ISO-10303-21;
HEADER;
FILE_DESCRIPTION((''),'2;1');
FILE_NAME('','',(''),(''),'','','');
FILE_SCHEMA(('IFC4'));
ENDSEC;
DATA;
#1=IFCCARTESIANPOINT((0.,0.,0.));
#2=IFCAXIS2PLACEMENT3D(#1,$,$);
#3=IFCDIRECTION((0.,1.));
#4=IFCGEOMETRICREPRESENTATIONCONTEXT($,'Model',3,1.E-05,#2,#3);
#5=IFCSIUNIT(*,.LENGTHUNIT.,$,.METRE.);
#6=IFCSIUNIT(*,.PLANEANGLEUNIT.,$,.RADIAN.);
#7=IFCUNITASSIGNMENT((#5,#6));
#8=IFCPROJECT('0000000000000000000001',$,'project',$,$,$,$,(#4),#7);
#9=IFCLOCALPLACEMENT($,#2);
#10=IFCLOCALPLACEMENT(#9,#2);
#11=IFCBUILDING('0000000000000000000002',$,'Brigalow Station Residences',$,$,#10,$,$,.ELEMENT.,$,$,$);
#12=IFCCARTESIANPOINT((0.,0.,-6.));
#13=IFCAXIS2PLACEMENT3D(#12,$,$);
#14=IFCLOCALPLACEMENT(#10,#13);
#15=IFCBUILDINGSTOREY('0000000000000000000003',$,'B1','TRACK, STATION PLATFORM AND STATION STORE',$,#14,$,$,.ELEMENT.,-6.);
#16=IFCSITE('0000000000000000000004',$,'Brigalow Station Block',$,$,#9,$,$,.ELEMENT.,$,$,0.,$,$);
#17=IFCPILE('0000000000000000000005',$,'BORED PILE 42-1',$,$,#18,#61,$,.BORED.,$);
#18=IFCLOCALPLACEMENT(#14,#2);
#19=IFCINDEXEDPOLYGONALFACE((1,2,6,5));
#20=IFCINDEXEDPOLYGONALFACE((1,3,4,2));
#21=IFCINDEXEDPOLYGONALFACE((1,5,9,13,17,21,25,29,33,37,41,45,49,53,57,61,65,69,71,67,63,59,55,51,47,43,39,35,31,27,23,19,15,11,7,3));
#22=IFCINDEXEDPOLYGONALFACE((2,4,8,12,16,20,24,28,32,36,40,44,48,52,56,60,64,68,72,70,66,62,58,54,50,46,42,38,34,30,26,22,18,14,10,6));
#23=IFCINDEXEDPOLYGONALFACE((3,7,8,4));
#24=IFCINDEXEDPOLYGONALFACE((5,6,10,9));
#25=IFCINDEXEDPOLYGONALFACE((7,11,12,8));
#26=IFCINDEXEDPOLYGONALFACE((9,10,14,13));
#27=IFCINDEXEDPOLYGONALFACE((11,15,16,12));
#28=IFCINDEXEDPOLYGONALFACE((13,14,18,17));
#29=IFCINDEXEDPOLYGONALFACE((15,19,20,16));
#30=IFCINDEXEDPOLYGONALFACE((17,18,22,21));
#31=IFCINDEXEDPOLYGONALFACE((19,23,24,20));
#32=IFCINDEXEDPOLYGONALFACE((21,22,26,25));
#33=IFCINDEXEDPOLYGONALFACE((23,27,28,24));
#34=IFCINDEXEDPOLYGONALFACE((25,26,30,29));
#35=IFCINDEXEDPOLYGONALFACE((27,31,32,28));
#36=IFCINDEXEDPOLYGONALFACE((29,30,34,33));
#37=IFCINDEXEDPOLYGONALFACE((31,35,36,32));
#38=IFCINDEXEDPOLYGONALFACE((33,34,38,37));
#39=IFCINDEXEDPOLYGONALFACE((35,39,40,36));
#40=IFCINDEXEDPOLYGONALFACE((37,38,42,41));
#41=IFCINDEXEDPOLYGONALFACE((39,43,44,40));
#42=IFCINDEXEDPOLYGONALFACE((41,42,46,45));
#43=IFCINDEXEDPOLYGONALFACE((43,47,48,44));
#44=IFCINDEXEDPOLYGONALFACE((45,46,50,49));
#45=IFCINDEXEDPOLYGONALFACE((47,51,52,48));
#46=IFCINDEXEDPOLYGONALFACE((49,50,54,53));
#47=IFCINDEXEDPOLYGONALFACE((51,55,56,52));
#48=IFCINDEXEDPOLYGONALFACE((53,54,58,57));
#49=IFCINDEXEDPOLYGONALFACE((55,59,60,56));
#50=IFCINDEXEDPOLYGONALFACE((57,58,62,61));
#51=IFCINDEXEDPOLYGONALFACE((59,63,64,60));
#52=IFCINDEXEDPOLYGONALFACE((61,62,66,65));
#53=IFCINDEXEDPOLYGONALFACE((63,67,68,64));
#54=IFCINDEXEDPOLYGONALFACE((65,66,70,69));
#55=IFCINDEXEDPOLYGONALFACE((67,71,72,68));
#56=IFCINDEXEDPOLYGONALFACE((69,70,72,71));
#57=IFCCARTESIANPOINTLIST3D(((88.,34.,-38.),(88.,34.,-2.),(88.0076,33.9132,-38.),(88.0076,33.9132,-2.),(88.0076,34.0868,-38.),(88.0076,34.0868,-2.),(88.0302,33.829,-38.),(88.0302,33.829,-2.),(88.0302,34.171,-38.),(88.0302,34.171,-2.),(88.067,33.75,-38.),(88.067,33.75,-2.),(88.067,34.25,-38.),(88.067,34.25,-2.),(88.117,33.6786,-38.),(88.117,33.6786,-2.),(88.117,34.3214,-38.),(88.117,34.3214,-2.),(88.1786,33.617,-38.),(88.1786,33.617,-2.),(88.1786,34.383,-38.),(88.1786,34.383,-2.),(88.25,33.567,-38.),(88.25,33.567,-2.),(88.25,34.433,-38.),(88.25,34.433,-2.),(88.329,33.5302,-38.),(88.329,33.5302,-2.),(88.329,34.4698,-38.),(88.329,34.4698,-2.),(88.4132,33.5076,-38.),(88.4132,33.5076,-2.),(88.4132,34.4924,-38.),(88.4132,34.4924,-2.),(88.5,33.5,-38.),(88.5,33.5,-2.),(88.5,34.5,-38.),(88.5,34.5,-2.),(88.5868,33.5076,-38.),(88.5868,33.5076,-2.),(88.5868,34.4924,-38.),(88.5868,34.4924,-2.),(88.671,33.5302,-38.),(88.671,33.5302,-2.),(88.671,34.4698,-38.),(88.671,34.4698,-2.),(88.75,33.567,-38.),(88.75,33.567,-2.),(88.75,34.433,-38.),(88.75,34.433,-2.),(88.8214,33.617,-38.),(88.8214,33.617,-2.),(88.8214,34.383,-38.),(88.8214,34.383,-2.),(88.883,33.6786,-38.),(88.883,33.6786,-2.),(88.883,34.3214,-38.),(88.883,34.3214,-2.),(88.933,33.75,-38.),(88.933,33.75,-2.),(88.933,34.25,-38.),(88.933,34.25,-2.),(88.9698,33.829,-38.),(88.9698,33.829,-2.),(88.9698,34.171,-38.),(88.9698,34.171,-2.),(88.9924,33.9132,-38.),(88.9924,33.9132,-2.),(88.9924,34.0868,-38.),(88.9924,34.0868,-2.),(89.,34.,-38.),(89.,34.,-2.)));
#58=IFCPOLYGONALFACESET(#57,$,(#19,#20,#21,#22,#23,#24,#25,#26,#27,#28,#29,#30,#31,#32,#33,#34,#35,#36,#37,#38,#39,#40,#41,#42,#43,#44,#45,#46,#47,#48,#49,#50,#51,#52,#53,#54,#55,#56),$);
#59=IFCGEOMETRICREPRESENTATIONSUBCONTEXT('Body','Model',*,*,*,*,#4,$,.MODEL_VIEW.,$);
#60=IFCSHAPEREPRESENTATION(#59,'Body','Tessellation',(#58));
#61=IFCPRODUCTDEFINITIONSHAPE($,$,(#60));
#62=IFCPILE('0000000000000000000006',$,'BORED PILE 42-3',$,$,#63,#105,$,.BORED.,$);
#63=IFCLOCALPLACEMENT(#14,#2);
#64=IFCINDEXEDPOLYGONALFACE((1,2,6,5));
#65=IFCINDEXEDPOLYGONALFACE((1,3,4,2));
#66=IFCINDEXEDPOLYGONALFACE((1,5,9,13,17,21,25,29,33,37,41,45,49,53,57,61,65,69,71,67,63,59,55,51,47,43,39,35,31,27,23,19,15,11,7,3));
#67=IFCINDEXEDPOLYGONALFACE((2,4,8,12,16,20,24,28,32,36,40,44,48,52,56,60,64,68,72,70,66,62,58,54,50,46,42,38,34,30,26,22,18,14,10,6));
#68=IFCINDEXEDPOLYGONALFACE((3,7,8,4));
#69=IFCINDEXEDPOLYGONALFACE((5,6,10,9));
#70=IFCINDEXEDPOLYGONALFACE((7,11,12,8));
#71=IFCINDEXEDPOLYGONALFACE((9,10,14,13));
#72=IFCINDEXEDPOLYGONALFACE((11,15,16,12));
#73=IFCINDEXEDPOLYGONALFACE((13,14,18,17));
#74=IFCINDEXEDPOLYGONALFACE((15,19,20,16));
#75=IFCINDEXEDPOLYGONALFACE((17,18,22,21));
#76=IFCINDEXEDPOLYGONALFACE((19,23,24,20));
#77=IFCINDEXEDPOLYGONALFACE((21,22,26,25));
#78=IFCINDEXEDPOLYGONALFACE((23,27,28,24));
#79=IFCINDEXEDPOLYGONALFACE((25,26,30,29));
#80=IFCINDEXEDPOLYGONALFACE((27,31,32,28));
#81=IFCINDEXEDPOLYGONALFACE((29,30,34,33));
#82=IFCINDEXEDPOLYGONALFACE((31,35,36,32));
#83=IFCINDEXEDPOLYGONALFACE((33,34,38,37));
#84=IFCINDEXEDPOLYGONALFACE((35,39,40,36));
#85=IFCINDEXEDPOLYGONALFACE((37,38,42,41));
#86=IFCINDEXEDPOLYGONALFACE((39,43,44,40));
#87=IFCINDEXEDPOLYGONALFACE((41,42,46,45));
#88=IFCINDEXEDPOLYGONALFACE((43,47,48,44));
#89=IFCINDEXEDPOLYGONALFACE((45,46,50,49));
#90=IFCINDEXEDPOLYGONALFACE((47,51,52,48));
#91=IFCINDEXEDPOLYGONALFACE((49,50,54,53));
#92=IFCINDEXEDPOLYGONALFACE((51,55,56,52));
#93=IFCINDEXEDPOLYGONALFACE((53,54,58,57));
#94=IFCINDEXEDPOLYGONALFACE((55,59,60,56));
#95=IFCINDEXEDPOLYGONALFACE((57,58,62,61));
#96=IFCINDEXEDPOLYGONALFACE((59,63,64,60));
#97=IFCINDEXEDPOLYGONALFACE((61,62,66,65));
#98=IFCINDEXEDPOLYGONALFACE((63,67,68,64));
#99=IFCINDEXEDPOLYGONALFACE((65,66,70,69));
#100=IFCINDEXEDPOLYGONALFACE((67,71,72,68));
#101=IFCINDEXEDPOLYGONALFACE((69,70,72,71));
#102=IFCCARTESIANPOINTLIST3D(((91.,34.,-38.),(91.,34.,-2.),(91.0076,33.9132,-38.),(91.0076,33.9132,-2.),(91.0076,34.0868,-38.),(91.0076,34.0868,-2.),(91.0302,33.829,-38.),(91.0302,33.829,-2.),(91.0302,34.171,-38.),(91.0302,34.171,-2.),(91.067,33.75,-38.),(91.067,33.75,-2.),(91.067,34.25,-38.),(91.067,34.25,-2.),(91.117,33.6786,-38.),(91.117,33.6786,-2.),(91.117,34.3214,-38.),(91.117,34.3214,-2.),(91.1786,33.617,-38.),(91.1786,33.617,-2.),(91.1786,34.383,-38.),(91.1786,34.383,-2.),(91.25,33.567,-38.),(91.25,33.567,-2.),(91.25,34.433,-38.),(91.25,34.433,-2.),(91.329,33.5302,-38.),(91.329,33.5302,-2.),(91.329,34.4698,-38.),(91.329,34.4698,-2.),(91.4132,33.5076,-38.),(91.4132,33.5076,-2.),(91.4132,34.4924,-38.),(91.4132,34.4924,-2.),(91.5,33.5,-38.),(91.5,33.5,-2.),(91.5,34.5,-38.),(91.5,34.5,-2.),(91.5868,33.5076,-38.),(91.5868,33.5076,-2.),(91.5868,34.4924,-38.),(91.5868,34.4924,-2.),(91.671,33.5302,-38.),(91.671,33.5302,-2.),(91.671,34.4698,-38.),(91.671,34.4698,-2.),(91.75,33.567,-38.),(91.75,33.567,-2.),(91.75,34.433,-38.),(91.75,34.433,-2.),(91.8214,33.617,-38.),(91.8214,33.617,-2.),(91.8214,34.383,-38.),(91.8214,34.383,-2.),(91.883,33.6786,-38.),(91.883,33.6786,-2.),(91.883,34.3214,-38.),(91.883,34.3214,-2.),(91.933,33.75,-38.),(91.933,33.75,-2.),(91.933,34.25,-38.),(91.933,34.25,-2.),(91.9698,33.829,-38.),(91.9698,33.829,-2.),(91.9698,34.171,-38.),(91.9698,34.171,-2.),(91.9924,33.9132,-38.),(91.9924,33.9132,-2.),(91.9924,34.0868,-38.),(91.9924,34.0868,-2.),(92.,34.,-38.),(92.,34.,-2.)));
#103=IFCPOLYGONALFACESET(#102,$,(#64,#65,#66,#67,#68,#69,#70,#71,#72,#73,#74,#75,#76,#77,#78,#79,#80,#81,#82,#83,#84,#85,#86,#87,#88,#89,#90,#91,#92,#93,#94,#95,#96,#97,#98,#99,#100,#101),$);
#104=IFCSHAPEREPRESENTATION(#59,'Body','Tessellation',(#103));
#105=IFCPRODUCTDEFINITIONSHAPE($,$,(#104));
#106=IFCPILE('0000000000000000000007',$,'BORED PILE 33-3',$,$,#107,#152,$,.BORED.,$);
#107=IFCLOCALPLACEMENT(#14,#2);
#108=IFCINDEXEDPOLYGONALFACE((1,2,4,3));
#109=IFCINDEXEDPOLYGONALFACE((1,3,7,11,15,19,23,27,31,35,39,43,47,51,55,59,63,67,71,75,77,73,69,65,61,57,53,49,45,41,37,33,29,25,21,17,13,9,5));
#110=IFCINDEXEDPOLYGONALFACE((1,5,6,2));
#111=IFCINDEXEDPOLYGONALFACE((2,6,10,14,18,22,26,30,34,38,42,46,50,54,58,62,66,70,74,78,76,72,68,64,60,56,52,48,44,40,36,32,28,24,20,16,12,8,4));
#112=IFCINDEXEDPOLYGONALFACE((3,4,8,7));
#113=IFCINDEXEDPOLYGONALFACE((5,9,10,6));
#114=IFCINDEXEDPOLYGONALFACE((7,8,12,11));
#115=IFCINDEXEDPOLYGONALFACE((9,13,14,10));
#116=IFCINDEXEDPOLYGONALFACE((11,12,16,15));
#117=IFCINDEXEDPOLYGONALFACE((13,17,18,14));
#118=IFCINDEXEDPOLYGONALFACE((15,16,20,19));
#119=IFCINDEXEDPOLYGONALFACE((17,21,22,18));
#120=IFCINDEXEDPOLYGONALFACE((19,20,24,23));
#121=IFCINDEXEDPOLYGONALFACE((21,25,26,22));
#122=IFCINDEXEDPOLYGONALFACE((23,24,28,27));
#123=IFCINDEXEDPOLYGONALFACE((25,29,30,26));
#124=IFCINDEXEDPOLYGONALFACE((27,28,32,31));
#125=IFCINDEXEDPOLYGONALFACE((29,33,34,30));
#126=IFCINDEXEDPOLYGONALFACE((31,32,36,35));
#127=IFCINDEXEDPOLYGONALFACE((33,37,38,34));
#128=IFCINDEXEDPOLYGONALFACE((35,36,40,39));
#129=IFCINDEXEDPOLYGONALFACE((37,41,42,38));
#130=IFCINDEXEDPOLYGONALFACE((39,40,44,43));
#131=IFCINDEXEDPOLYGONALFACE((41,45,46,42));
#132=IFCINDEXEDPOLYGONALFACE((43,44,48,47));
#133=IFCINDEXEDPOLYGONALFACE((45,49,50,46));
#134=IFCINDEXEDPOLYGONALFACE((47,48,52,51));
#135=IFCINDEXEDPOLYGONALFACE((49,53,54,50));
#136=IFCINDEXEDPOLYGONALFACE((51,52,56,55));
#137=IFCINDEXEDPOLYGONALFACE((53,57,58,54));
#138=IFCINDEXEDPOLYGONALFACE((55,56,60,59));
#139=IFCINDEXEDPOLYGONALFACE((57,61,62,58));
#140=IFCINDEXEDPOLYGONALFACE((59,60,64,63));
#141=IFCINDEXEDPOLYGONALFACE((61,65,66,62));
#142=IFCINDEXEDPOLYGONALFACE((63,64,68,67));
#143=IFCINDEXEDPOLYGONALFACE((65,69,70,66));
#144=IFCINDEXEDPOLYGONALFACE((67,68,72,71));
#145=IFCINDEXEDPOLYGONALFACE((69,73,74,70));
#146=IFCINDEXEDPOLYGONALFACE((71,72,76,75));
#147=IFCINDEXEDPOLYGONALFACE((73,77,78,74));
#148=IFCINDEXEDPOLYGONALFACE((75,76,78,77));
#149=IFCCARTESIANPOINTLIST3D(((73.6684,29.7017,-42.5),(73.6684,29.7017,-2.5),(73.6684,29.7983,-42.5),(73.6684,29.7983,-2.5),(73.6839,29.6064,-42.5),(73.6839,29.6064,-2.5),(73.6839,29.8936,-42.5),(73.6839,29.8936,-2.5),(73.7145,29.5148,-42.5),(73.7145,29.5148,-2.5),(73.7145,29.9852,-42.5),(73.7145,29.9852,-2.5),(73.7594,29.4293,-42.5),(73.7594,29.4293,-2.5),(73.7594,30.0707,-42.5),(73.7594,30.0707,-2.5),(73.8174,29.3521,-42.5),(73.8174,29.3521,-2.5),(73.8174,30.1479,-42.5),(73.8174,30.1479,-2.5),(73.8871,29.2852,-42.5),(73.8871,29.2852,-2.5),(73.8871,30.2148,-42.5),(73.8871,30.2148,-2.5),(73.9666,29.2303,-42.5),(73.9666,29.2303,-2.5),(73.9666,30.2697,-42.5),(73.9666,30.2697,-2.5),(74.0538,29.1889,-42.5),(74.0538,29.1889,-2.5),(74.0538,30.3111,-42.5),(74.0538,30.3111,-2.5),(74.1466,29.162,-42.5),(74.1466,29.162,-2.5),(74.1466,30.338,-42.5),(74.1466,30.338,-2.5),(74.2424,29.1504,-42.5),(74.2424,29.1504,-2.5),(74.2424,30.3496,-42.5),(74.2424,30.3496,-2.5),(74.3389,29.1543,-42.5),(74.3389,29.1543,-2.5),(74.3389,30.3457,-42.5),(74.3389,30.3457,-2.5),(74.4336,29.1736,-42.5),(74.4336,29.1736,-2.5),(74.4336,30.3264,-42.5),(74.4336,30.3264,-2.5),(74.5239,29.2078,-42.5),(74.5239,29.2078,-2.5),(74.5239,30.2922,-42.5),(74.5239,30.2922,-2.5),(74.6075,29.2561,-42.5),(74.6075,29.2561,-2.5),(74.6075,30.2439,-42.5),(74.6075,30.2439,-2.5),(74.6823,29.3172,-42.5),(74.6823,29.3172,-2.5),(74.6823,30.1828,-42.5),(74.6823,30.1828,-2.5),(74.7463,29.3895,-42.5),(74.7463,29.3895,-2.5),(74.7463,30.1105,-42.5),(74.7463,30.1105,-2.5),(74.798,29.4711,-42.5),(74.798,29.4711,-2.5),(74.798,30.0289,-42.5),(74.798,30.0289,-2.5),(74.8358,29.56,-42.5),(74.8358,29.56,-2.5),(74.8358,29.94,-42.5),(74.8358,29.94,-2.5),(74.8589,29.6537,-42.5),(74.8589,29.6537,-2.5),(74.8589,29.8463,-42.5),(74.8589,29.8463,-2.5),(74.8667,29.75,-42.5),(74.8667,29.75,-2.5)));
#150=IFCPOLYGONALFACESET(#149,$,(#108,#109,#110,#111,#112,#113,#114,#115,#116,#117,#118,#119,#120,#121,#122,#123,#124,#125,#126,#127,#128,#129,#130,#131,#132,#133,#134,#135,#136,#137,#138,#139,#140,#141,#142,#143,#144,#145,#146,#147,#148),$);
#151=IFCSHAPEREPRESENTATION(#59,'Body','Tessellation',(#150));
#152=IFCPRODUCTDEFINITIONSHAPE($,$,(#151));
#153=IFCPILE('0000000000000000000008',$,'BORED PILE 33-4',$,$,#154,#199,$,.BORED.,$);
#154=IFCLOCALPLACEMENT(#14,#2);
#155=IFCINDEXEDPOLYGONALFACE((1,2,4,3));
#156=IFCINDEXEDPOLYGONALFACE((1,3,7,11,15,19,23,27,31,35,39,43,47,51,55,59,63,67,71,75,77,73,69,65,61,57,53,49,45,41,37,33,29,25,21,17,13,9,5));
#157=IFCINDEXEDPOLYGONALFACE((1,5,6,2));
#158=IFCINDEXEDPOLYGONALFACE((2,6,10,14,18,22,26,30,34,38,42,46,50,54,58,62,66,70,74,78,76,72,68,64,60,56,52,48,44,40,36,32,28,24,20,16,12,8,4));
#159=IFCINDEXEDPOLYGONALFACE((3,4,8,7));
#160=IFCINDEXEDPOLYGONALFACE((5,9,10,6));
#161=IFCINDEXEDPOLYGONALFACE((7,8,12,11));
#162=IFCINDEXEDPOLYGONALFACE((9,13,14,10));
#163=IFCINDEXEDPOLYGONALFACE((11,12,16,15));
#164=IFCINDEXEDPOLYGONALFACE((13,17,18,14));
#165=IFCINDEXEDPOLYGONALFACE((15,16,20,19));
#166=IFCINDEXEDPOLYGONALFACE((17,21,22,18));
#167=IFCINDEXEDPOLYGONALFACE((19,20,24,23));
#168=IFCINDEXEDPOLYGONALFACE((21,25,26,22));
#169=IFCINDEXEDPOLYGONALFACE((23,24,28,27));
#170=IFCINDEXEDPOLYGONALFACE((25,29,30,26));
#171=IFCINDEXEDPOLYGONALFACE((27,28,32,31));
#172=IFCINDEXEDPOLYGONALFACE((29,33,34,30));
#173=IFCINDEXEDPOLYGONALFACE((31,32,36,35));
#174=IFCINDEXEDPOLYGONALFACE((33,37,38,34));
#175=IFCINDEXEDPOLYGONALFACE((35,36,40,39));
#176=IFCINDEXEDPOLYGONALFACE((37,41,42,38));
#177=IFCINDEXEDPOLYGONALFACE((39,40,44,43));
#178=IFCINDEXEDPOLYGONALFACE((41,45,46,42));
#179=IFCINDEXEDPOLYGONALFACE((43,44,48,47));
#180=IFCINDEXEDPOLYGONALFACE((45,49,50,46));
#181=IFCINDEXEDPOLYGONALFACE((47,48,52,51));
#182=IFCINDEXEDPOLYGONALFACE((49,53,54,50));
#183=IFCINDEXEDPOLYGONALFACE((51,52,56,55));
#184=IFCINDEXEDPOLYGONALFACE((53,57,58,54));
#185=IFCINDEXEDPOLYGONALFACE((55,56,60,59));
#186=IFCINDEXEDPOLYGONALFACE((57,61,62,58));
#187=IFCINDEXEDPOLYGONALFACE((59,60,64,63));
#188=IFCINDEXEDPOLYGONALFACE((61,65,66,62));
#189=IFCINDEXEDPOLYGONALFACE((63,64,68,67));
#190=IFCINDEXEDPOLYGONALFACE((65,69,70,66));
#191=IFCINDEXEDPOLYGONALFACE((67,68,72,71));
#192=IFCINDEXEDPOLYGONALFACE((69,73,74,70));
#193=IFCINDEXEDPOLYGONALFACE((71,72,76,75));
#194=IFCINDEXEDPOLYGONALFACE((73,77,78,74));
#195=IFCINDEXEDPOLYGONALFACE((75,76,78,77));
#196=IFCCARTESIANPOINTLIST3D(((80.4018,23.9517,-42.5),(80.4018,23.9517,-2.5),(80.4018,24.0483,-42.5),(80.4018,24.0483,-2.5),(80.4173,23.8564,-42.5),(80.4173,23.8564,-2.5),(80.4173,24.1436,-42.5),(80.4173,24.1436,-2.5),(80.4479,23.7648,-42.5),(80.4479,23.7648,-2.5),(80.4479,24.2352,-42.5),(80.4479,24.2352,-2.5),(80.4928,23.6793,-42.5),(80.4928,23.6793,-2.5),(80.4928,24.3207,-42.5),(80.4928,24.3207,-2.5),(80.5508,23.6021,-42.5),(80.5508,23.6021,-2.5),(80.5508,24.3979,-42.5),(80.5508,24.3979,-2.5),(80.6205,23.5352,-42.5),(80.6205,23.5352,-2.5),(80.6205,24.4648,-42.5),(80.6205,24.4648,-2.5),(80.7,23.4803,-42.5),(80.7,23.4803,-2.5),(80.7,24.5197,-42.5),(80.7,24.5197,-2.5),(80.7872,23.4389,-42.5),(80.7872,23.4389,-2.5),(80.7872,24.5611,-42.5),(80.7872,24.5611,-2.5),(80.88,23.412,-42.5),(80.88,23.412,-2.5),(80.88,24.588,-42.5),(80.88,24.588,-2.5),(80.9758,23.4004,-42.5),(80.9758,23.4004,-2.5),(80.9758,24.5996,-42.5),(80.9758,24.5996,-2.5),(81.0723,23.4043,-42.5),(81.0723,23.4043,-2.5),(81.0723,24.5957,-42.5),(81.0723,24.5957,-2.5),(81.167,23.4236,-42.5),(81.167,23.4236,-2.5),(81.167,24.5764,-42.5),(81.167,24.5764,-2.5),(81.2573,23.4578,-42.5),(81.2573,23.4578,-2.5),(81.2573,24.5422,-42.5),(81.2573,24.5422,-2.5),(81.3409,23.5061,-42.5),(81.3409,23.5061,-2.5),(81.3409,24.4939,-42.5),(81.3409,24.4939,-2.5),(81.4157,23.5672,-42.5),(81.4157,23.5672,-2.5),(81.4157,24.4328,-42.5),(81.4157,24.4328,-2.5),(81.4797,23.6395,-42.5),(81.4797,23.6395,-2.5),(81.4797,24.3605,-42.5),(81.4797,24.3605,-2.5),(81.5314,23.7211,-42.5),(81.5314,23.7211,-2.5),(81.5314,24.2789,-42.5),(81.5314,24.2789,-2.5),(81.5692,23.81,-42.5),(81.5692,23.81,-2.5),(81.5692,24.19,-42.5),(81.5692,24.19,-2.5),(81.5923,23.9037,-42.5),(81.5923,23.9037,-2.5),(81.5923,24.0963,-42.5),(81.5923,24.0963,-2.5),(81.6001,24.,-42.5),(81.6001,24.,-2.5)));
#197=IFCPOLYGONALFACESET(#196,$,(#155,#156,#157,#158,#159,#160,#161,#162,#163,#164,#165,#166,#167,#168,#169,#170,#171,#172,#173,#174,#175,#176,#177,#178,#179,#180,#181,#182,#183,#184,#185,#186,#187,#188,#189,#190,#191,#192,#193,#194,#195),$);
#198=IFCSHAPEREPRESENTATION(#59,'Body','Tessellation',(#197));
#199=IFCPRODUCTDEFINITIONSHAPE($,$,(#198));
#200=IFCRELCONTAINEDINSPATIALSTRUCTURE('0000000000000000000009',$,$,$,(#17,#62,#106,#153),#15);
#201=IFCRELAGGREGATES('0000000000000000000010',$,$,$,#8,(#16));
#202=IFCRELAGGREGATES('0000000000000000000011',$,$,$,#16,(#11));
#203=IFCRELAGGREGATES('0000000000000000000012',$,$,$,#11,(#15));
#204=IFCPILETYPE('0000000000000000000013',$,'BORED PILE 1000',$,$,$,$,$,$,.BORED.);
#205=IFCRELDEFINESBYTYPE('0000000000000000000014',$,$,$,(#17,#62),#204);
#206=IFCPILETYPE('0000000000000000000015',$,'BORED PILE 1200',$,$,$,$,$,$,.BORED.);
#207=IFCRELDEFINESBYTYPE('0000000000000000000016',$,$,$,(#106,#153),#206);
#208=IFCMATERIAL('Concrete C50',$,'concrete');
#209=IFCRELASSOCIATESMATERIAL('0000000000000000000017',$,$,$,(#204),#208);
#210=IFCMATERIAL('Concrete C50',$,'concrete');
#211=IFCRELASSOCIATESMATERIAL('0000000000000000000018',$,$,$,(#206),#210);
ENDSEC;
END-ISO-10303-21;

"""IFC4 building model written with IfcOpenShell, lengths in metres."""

from ifc_helpers import new_model, si_unit, direction, frame, origin, origin_2d, place, context, subcontext, project, spatial, circle, extrude, material, material_profile, profile_set, type_object, element, save


model = new_model("IFC4")

# Units and contexts
model_context = context("Model", 3, precision=1e-05, world=origin(), true_north=direction((0.0, 1.0)))
body_context = subcontext(model_context, "Body", "Model", "MODEL_VIEW")
ifc_project = project(units=[si_unit("LENGTHUNIT", "METRE"), si_unit("PLANEANGLEUNIT", "RADIAN")], contexts=[model_context])

# Site, building, storey
site_placement = place(None, origin())
site = spatial("IfcSite", under=ifc_project, at=site_placement, Name="Brigalow Station Block", CompositionType="ELEMENT", RefElevation=0.0)
building_placement = place(site_placement, origin())
building = spatial("IfcBuilding", under=site, at=building_placement, Name="Brigalow Station Residences", CompositionType="ELEMENT")
storey_placement = place(building_placement, frame((0.0, 0.0, -6.0)))
storey = spatial("IfcBuildingStorey", under=building, at=storey_placement, Name="B1", Description="TRACK, STATION PLATFORM AND STATION STORE", CompositionType="ELEMENT", Elevation=-6.0)

# Piles
ifc_material_1 = material(Name="Concrete C50", Category="concrete")
ifc_material_profile_1 = material_profile(ifc_material_1, circle(Radius=0.5, at=origin_2d()), Name="BP1000")
ifc_profile_set_1 = profile_set([ifc_material_profile_1], Name="Concrete C50")
pile_type_1 = type_object("IfcPileType", Name="BORED PILE 1000", PredefinedType="BORED", material=ifc_profile_set_1)
for number, where, z_axis, x_axis, name in (
    (1, (88.5, 34.0, -2.0), (0.0, 0.0, -1.0), (1.0, 0.0, 0.0), "BORED PILE 42-1"),
    (2, (91.5, 34.0, -2.0), (0.0, 0.0, -1.0), (1.0, 0.0, 0.0), "BORED PILE 42-3"),
):
    element("IfcPile", number, at=place(storey_placement, frame(where, z_axis=z_axis, x_axis=x_axis)), inside=storey, type_object=pile_type_1, Name=name, PredefinedType="BORED", context=body_context, shape_type="SweptSolid", body=[
        extrude(circle(Radius=0.5, at=origin_2d()), origin(), (0.0, 0.0, 1.0), 36.0),
    ])
ifc_material_2 = material(Name="Concrete C50", Category="concrete")
ifc_material_profile_2 = material_profile(ifc_material_2, circle(Radius=0.6001, at=origin_2d()), Name="BP1200")
ifc_profile_set_2 = profile_set([ifc_material_profile_2], Name="Concrete C50")
pile_type_2 = type_object("IfcPileType", Name="BORED PILE 1200", PredefinedType="BORED", material=ifc_profile_set_2)
for number, where, z_axis, x_axis, name in (
    (3, (74.2666, 29.75, -2.5), (0.0, 0.0, -1.0), (1.0, 0.0, 0.0), "BORED PILE 33-3"),
    (4, (81.0, 24.0, -2.5), (0.0, 0.0, -1.0), (1.0, 0.0, 0.0), "BORED PILE 33-4"),
):
    element("IfcPile", number, at=place(storey_placement, frame(where, z_axis=z_axis, x_axis=x_axis)), inside=storey, type_object=pile_type_2, Name=name, PredefinedType="BORED", context=body_context, shape_type="SweptSolid", body=[
        extrude(circle(Radius=0.6001, at=origin_2d()), origin(), (0.0, 0.0, 1.0), 40.0),
    ])

save(model, "model.ifc")
